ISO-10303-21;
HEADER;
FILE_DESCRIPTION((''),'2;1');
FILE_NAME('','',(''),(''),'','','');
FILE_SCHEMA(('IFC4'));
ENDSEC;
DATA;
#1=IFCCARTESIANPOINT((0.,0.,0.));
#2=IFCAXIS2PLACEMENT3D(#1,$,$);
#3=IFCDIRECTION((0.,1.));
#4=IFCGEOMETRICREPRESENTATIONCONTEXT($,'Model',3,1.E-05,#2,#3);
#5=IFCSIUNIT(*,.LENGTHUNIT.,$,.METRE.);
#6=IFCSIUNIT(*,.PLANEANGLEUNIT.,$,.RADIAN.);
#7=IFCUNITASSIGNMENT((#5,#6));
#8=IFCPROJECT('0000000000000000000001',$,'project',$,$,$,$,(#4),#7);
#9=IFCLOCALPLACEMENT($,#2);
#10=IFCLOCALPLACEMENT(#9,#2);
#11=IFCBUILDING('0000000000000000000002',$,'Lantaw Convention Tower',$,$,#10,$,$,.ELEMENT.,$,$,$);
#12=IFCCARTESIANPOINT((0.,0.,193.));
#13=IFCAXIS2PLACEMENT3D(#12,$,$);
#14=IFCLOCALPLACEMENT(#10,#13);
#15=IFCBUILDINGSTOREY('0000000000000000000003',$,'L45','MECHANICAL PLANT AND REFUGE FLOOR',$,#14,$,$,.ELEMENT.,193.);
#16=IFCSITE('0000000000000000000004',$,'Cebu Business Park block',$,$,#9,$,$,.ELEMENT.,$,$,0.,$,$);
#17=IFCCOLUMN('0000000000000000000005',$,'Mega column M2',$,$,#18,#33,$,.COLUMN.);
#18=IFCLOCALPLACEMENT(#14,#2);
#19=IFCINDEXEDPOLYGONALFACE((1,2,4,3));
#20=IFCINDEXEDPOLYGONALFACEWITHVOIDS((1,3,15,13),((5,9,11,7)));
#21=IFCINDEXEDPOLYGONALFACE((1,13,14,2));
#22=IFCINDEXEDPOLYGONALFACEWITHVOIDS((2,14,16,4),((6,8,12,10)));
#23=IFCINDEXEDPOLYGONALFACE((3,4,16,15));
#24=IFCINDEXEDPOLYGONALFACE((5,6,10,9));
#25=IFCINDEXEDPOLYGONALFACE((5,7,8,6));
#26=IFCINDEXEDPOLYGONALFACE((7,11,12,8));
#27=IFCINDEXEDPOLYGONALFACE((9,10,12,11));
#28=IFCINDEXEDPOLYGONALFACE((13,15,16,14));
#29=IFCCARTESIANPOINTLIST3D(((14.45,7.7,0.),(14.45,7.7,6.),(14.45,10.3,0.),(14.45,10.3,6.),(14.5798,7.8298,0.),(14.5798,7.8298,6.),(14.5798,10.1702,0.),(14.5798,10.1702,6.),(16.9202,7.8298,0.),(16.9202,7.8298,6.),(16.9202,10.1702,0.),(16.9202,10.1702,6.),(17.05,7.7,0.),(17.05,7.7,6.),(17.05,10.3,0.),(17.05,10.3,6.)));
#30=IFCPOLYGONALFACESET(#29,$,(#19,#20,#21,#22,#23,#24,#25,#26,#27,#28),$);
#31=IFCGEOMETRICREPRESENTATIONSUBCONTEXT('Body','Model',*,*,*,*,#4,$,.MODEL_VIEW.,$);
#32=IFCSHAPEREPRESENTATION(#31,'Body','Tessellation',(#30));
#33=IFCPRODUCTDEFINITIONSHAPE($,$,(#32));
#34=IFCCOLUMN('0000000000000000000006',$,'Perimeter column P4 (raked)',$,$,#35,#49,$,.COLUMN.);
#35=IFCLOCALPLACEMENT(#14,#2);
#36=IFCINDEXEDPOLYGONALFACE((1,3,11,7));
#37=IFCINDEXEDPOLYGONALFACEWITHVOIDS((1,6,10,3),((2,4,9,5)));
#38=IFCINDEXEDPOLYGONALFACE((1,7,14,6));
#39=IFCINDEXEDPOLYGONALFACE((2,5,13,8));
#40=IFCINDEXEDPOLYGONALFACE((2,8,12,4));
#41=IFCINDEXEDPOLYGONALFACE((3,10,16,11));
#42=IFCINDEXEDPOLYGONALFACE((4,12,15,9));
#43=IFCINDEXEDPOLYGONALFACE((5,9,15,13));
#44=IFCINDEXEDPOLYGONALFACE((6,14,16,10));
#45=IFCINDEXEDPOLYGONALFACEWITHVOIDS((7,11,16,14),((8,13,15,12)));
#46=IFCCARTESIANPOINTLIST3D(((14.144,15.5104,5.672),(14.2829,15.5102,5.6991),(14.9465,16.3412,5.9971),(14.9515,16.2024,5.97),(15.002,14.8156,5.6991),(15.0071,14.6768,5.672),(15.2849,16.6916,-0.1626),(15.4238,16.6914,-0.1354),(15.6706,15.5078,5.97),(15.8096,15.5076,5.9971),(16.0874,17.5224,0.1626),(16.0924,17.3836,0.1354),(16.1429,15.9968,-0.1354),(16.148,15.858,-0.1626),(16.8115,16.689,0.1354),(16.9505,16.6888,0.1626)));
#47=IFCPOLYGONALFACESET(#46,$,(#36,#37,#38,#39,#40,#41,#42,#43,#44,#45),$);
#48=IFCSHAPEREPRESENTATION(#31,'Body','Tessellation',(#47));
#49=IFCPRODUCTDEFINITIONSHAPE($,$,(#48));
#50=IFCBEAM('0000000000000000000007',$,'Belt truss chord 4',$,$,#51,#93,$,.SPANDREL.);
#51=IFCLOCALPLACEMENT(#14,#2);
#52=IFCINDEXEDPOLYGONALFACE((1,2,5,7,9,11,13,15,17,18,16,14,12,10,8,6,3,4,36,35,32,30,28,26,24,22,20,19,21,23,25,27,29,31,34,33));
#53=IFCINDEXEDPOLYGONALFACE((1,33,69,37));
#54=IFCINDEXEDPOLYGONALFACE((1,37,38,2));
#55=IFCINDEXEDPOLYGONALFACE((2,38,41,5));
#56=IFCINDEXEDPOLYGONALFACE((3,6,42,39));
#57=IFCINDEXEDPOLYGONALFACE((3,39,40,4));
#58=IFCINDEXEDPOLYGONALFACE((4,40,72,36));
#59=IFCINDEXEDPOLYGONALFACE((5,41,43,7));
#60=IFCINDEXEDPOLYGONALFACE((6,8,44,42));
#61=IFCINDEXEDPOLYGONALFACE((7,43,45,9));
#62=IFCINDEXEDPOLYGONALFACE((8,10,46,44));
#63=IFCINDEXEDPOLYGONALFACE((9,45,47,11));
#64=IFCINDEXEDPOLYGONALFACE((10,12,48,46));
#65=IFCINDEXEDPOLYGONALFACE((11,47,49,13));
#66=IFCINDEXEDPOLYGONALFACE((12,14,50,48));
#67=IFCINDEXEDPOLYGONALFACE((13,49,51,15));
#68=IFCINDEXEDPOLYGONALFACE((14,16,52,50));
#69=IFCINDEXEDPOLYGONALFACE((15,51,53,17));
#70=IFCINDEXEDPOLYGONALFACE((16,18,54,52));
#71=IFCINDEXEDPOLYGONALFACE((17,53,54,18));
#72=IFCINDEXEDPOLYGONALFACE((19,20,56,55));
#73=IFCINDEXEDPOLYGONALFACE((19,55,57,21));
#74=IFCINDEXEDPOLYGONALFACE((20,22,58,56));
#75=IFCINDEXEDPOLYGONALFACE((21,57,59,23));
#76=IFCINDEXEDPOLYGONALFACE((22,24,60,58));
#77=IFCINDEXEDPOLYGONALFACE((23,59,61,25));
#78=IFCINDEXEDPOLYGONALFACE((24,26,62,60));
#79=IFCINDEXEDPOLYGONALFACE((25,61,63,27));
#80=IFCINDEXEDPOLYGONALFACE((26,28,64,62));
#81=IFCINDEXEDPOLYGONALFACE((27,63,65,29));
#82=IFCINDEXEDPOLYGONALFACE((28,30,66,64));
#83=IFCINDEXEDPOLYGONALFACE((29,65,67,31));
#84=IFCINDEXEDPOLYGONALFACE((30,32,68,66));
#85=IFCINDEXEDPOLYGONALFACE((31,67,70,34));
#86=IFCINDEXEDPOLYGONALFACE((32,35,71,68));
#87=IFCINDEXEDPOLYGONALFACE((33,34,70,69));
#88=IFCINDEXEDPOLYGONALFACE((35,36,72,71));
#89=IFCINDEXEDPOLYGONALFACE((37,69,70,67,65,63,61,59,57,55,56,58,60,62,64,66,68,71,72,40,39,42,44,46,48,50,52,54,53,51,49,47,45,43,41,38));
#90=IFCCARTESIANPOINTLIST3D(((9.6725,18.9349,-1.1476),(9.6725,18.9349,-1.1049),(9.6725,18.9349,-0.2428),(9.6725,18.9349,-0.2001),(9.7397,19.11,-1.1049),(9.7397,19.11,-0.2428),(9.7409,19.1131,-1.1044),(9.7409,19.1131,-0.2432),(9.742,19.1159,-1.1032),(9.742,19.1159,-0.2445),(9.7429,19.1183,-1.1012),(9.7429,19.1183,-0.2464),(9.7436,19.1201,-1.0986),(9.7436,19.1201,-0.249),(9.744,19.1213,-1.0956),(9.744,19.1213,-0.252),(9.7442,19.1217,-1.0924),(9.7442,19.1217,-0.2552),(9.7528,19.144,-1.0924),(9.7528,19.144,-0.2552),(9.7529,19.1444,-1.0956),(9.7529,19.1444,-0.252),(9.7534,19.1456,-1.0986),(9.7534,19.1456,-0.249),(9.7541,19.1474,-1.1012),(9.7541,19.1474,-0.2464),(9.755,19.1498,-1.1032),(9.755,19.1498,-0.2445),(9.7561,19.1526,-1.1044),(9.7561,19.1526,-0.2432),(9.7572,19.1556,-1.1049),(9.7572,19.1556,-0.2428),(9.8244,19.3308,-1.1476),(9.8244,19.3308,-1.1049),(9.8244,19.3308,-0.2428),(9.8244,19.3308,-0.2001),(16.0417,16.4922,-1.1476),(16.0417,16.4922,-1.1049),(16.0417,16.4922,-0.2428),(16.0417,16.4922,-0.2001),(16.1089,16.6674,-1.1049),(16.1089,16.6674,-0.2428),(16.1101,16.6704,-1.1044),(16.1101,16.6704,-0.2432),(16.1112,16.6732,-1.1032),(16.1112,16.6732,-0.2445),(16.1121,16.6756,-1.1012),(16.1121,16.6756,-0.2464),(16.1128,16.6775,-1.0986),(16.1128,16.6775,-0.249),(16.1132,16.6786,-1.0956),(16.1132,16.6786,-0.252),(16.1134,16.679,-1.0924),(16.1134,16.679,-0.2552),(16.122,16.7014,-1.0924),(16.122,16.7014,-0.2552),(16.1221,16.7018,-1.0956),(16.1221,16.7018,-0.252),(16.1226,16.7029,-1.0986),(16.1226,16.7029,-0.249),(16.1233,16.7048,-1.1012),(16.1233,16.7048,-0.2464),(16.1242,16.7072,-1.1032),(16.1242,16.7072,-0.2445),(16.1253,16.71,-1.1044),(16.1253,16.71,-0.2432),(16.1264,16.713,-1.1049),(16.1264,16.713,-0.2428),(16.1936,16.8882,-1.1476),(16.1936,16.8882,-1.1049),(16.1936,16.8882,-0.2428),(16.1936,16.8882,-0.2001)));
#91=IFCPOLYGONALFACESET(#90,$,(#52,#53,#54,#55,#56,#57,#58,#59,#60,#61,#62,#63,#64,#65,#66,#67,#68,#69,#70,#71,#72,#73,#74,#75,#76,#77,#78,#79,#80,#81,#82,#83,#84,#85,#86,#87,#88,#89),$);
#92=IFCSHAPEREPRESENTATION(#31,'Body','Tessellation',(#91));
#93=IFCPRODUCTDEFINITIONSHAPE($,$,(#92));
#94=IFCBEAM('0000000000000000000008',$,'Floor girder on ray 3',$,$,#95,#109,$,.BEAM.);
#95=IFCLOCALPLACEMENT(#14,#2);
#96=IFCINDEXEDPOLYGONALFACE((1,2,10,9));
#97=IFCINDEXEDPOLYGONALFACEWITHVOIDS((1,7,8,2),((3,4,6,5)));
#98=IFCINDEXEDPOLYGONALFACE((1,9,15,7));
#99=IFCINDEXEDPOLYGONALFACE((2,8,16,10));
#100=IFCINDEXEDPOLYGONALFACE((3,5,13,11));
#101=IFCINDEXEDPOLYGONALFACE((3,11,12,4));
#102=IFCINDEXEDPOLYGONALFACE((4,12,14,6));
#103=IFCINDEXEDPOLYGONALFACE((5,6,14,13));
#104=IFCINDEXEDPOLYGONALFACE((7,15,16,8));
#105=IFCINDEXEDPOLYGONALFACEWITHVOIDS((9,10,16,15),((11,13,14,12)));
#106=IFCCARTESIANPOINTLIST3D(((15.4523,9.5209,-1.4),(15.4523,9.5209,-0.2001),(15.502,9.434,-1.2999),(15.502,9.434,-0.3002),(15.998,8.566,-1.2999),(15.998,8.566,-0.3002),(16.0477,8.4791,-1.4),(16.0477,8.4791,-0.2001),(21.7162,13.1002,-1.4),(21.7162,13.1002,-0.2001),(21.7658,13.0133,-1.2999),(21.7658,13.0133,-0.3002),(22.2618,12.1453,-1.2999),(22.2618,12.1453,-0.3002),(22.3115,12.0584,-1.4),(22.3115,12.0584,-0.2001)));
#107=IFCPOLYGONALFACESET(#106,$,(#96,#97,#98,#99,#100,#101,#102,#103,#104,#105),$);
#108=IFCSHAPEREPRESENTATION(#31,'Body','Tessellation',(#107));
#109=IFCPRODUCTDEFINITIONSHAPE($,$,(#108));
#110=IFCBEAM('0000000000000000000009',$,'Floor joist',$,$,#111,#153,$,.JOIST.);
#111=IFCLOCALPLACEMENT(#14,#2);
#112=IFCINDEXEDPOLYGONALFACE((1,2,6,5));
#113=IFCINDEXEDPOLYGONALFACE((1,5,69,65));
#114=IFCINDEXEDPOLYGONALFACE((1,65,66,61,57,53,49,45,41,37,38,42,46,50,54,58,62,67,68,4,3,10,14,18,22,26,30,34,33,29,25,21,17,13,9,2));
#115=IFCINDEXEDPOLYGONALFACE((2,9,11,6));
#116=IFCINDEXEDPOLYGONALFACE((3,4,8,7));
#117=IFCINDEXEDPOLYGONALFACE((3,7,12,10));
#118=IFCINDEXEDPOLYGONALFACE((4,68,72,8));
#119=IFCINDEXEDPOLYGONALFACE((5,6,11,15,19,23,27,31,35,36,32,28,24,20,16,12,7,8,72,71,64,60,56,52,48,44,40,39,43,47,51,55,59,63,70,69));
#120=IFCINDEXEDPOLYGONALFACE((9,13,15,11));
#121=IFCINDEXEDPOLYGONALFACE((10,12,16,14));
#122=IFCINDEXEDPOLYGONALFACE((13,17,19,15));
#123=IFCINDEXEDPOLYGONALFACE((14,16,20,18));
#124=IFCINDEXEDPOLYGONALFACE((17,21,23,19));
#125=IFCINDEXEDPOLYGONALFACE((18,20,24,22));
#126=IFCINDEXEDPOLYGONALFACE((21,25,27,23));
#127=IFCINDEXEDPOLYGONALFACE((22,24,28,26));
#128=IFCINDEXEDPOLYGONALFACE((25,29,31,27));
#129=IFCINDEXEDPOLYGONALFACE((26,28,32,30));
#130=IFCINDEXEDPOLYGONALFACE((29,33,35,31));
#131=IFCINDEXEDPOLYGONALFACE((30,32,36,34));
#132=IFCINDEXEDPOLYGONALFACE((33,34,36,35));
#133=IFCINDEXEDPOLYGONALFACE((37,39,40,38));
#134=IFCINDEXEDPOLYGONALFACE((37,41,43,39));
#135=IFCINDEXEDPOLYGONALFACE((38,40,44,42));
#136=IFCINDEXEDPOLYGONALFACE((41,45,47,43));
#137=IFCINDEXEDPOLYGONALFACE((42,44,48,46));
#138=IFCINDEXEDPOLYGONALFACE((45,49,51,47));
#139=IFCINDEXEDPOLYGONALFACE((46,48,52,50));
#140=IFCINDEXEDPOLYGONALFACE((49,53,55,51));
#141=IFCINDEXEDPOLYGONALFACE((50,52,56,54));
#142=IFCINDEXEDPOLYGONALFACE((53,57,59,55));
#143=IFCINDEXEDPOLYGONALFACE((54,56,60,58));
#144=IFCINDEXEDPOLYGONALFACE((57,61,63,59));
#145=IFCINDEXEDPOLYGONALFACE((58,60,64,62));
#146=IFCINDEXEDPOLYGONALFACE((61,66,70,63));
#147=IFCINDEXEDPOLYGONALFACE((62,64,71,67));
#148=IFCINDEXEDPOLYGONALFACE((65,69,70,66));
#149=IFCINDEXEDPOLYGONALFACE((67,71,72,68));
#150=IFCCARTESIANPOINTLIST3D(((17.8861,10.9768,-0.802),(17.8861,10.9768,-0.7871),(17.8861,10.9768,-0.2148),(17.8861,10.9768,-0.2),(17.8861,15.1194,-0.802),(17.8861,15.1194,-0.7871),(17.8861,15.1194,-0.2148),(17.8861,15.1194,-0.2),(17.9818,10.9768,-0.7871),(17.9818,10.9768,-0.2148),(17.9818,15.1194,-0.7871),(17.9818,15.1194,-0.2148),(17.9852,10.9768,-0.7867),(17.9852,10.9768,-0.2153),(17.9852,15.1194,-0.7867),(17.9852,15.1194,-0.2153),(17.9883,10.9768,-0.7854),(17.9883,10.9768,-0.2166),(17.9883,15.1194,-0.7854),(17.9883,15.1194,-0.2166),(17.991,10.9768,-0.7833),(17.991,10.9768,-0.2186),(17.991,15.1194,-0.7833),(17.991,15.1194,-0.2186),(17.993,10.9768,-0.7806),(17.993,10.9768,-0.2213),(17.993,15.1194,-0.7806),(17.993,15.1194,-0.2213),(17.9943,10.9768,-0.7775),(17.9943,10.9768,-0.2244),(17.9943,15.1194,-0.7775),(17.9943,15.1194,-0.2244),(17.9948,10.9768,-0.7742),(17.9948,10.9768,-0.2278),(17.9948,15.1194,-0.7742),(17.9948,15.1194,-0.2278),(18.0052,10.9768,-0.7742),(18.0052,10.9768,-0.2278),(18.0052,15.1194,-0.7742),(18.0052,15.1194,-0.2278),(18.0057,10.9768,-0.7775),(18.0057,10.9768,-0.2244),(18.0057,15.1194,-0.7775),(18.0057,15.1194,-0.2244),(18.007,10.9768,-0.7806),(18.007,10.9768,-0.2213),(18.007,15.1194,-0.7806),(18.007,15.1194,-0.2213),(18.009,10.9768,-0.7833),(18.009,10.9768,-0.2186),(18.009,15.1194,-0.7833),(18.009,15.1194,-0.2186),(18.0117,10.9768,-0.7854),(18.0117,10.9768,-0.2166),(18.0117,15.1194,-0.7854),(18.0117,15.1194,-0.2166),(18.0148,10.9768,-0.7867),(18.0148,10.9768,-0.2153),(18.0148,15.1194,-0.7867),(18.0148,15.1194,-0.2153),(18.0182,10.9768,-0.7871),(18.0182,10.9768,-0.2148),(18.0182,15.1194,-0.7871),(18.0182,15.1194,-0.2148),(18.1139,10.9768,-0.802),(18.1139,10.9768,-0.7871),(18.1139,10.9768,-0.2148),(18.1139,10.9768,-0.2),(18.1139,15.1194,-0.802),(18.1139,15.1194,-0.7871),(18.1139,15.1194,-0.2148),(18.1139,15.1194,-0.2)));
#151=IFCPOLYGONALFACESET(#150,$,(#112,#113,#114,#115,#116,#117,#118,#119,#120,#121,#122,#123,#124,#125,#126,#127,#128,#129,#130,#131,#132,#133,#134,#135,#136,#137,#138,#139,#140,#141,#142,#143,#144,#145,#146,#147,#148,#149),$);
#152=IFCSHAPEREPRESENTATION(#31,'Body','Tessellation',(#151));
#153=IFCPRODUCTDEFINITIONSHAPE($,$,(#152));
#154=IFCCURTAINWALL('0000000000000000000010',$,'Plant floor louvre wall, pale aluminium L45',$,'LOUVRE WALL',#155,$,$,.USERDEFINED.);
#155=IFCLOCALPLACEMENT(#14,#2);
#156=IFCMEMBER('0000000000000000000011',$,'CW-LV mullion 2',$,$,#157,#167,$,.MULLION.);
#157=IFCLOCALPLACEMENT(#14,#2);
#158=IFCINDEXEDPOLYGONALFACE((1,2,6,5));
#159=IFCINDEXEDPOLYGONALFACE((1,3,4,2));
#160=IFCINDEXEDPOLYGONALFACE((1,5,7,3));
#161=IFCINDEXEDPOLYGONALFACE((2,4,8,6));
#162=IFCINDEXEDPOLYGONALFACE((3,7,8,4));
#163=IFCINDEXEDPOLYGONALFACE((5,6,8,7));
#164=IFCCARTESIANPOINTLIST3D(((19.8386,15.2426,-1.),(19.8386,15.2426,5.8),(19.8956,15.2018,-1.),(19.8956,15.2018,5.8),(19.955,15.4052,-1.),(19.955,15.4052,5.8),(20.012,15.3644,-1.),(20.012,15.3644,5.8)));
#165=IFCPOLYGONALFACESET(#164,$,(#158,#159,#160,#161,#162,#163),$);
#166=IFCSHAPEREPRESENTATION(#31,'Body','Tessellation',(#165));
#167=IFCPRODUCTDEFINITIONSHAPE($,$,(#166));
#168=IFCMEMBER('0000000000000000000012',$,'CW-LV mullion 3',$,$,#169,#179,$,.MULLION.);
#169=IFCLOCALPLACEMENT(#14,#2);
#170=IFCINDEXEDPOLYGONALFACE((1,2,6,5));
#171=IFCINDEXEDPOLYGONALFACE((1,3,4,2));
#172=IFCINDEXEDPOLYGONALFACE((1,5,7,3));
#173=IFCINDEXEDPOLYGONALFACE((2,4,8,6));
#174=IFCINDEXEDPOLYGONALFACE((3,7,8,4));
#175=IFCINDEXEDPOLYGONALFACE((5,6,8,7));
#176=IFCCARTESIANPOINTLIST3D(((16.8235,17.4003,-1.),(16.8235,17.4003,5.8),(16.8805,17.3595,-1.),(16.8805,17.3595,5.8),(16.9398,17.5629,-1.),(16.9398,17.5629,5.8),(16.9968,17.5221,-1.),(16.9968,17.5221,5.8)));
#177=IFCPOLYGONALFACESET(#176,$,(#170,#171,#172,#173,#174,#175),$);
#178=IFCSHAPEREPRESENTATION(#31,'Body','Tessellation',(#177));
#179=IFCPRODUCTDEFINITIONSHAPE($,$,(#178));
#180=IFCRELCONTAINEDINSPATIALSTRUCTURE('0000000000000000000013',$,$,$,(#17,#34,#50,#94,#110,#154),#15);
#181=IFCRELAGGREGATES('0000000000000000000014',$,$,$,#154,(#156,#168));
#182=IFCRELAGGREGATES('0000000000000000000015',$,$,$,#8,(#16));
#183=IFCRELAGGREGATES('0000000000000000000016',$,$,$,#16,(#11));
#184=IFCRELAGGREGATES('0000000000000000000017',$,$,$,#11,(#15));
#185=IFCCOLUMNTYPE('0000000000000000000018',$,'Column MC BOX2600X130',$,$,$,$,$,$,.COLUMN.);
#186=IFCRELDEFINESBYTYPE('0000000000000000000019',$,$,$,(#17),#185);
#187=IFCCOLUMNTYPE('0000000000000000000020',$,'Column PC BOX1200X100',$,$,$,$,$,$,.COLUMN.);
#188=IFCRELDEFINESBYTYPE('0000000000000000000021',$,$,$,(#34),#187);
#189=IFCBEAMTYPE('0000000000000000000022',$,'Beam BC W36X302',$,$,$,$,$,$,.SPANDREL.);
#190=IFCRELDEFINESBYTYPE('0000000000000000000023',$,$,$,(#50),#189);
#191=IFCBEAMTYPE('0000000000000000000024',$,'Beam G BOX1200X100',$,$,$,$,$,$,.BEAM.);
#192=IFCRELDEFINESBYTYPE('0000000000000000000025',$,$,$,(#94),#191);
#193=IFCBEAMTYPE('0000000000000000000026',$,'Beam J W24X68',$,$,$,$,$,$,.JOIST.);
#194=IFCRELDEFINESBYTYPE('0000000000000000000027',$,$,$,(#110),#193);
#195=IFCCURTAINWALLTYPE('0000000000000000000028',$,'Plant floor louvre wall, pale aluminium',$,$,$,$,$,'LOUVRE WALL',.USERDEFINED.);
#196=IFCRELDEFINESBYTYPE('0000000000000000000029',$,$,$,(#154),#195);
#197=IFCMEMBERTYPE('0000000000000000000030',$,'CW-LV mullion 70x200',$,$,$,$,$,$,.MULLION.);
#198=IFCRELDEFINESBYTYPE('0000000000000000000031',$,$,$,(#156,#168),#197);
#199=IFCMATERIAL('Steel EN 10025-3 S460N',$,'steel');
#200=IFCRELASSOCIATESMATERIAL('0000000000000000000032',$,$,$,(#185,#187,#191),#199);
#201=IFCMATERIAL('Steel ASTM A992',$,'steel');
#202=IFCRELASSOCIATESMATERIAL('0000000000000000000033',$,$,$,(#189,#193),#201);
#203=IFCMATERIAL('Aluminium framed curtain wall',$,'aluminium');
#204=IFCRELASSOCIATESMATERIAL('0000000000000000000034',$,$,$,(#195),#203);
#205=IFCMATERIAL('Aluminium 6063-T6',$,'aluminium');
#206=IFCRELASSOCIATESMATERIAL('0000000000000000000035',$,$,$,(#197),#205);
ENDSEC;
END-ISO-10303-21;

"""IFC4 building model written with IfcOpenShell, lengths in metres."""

from ifc_helpers import new_model, si_unit, direction, frame, origin, origin_2d, place, context, subcontext, project, spatial, rectangle, hollow_rectangle, i_section, extrude, material, material_profile, profile_set, type_object, element, aggregate, save


model = new_model("IFC4")

# Units and contexts
model_context = context("Model", 3, precision=1e-05, world=origin(), true_north=direction((0.0, 1.0)))
body_context = subcontext(model_context, "Body", "Model", "MODEL_VIEW")
ifc_project = project(units=[si_unit("LENGTHUNIT", "METRE"), si_unit("PLANEANGLEUNIT", "RADIAN")], contexts=[model_context])

# Site, building, storey
site_placement = place(None, origin())
site = spatial("IfcSite", under=ifc_project, at=site_placement, Name="Cebu Business Park block", CompositionType="ELEMENT", RefElevation=0.0)
building_placement = place(site_placement, origin())
building = spatial("IfcBuilding", under=site, at=building_placement, Name="Lantaw Convention Tower", CompositionType="ELEMENT")
storey_placement = place(building_placement, frame((0.0, 0.0, 193.0)))
storey = spatial("IfcBuildingStorey", under=building, at=storey_placement, Name="L45", Description="MECHANICAL PLANT AND REFUGE FLOOR", CompositionType="ELEMENT", Elevation=193.0)

# Columns
ifc_material_1 = material(Name="Steel EN 10025-3 S460N", Category="steel")
ifc_material_profile_1 = material_profile(ifc_material_1, hollow_rectangle(XDim=2.6001, YDim=2.6001, WallThickness=0.1299, at=origin_2d()), Name="BOX2600X130")
ifc_material_2 = material(Name="Concrete C60/75", Category="concrete")
ifc_material_profile_2 = material_profile(ifc_material_2, rectangle(XDim=2.3401, YDim=2.3401, at=origin_2d()), Name="Concrete fill of BOX2600X130")
ifc_profile_set_1 = profile_set([ifc_material_profile_1, ifc_material_profile_2], Name="Steel EN 10025-3 S460N")
column_type_1 = type_object("IfcColumnType", Name="Column MC BOX2600X130", PredefinedType="COLUMN", material=ifc_profile_set_1)
column_1_placement = place(storey_placement, frame((15.75, 9.0, 0.0), z_axis=(0.0, 0.0, 1.0), x_axis=(1.0, 0.0, 0.0)))
element("IfcColumn", 1, at=column_1_placement, inside=storey, type_object=column_type_1, Name="Mega column M2", PredefinedType="COLUMN", context=body_context, shape_type="SweptSolid", body=[
    extrude(hollow_rectangle(XDim=2.6001, YDim=2.6001, WallThickness=0.1299, at=origin_2d()), origin(), (0.0, 0.0, 1.0), 6.0),
])
ifc_material_profile_3 = material_profile(ifc_material_1, hollow_rectangle(XDim=1.2, YDim=1.2, WallThickness=0.1001, at=origin_2d()), Name="BOX1200X100")
ifc_material_profile_4 = material_profile(ifc_material_2, rectangle(XDim=1.0, YDim=1.0, at=origin_2d()), Name="Concrete fill of BOX1200X100")
ifc_profile_set_2 = profile_set([ifc_material_profile_3, ifc_material_profile_4], Name="Steel EN 10025-3 S460N")
column_type_2 = type_object("IfcColumnType", Name="Column PC BOX1200X100", PredefinedType="COLUMN", material=ifc_profile_set_2)
column_2_placement = place(storey_placement, frame((16.1177, 16.6902, 0.0), z_axis=(-0.188226, -0.194872, 0.962599), x_axis=(0.719266, -0.694735, 0.0)))
element("IfcColumn", 2, at=column_2_placement, inside=storey, type_object=column_type_2, Name="Perimeter column P4 (raked)", PredefinedType="COLUMN", context=body_context, shape_type="SweptSolid", body=[
    extrude(hollow_rectangle(XDim=1.2, YDim=1.2, WallThickness=0.1001, at=origin_2d()), origin(), (0.0, 0.0, 1.0), 6.0613),
])

# Beams
ifc_material_3 = material(Name="Steel ASTM A992", Category="steel")
ifc_material_profile_5 = material_profile(ifc_material_3, i_section(OverallWidth=0.4241, OverallDepth=0.9475, WebThickness=0.0239, FlangeThickness=0.0427, FilletRadius=0.0125, at=origin_2d()), Name="W36X302")
ifc_profile_set_3 = profile_set([ifc_material_profile_5], Name="Steel ASTM A992")
beam_type_1 = type_object("IfcBeamType", Name="Beam BC W36X302", PredefinedType="SPANDREL", material=ifc_profile_set_3)
beam_1_placement = place(storey_placement, frame((16.1177, 16.6902, -0.6738), z_axis=(-0.933691, 0.35808, 0.0), x_axis=(-0.35808, -0.933691, 0.0)))
element("IfcBeam", 3, at=beam_1_placement, inside=storey, type_object=beam_type_1, Name="Belt truss chord 4", PredefinedType="SPANDREL", context=body_context, shape_type="SweptSolid", body=[
    extrude(i_section(OverallWidth=0.4241, OverallDepth=0.9475, WebThickness=0.0239, FlangeThickness=0.0427, FilletRadius=0.0125, at=origin_2d()), origin(), (0.0, 0.0, 1.0), 6.8215),
])
ifc_material_profile_6 = material_profile(ifc_material_1, hollow_rectangle(XDim=1.2, YDim=1.2, WallThickness=0.1001, at=origin_2d()), Name="BOX1200X100")
ifc_profile_set_4 = profile_set([ifc_material_profile_6], Name="Steel EN 10025-3 S460N")
beam_type_2 = type_object("IfcBeamType", Name="Beam G BOX1200X100", PredefinedType="BEAM", material=ifc_profile_set_4)
beam_2_placement = place(storey_placement, frame((15.75, 9.0, -0.8), z_axis=(0.868245, 0.496135, 0.0), x_axis=(-0.496135, 0.868245, 0.0)))
element("IfcBeam", 4, at=beam_2_placement, inside=storey, type_object=beam_type_2, Name="Floor girder on ray 3", PredefinedType="BEAM", context=body_context, shape_type="SweptSolid", body=[
    extrude(hollow_rectangle(XDim=1.2, YDim=1.2, WallThickness=0.1001, at=origin_2d()), origin(), (0.0, 0.0, 1.0), 7.2144),
])
ifc_material_profile_7 = material_profile(ifc_material_3, i_section(OverallWidth=0.2278, OverallDepth=0.6021, WebThickness=0.0105, FlangeThickness=0.0149, FilletRadius=0.0129, at=origin_2d()), Name="W24X68")
ifc_profile_set_5 = profile_set([ifc_material_profile_7], Name="Steel ASTM A992")
beam_type_3 = type_object("IfcBeamType", Name="Beam J W24X68", PredefinedType="JOIST", material=ifc_profile_set_5)
beam_3_placement = place(storey_placement, frame((18.0, 10.9768, -0.501), z_axis=(0.0, 1.0, 0.0), x_axis=(-1.0, 0.0, 0.0)))
element("IfcBeam", 5, at=beam_3_placement, inside=storey, type_object=beam_type_3, Name="Floor joist", PredefinedType="JOIST", context=body_context, shape_type="SweptSolid", body=[
    extrude(i_section(OverallWidth=0.2278, OverallDepth=0.6021, WebThickness=0.0105, FlangeThickness=0.0149, FilletRadius=0.0129, at=origin_2d()), origin(), (0.0, 0.0, 1.0), 4.1426),
])

# Curtain wall, members
ifc_material_4 = material(Name="Aluminium framed curtain wall", Category="aluminium")
curtain_wall_type = type_object("IfcCurtainWallType", Name="Plant floor louvre wall, pale aluminium", ElementType="LOUVRE WALL", PredefinedType="USERDEFINED", material=ifc_material_4)
curtain_wall_1_placement = place(storey_placement, origin())
curtain_wall_1 = element("IfcCurtainWall", 6, at=curtain_wall_1_placement, inside=storey, type_object=curtain_wall_type, Name="Plant floor louvre wall, pale aluminium L45", ObjectType="LOUVRE WALL", PredefinedType="USERDEFINED")
ifc_material_5 = material(Name="Aluminium 6063-T6", Category="aluminium")
ifc_material_profile_8 = material_profile(ifc_material_5, rectangle(XDim=0.2, YDim=0.0701, at=origin_2d()), Name="CW-LV mullion 70x200")
ifc_profile_set_6 = profile_set([ifc_material_profile_8], Name="Aluminium 6063-T6")
member_type_1 = type_object("IfcMemberType", Name="CW-LV mullion 70x200", PredefinedType="MULLION", material=ifc_profile_set_6)
member_1_placement = place(storey_placement, frame((19.9253, 15.3035, -1.0), z_axis=(0.0, 0.0, 1.0), x_axis=(-0.581973, -0.813208, 0.0)))
member_1 = element("IfcMember", 7, at=member_1_placement, type_object=member_type_1, Name="CW-LV mullion 2", PredefinedType="MULLION", context=body_context, shape_type="SweptSolid", body=[
    extrude(rectangle(XDim=0.2, YDim=0.0701, at=origin_2d()), origin(), (0.0, 0.0, 1.0), 6.8),
])
member_2_placement = place(storey_placement, frame((16.9102, 17.4612, -1.0), z_axis=(0.0, 0.0, 1.0), x_axis=(-0.581973, -0.813208, 0.0)))
member_2 = element("IfcMember", 8, at=member_2_placement, type_object=member_type_1, Name="CW-LV mullion 3", PredefinedType="MULLION", context=body_context, shape_type="SweptSolid", body=[
    extrude(rectangle(XDim=0.2, YDim=0.0701, at=origin_2d()), origin(), (0.0, 0.0, 1.0), 6.8),
])

aggregate(curtain_wall_1, [member_1, member_2])

save(model, "model.ifc")
